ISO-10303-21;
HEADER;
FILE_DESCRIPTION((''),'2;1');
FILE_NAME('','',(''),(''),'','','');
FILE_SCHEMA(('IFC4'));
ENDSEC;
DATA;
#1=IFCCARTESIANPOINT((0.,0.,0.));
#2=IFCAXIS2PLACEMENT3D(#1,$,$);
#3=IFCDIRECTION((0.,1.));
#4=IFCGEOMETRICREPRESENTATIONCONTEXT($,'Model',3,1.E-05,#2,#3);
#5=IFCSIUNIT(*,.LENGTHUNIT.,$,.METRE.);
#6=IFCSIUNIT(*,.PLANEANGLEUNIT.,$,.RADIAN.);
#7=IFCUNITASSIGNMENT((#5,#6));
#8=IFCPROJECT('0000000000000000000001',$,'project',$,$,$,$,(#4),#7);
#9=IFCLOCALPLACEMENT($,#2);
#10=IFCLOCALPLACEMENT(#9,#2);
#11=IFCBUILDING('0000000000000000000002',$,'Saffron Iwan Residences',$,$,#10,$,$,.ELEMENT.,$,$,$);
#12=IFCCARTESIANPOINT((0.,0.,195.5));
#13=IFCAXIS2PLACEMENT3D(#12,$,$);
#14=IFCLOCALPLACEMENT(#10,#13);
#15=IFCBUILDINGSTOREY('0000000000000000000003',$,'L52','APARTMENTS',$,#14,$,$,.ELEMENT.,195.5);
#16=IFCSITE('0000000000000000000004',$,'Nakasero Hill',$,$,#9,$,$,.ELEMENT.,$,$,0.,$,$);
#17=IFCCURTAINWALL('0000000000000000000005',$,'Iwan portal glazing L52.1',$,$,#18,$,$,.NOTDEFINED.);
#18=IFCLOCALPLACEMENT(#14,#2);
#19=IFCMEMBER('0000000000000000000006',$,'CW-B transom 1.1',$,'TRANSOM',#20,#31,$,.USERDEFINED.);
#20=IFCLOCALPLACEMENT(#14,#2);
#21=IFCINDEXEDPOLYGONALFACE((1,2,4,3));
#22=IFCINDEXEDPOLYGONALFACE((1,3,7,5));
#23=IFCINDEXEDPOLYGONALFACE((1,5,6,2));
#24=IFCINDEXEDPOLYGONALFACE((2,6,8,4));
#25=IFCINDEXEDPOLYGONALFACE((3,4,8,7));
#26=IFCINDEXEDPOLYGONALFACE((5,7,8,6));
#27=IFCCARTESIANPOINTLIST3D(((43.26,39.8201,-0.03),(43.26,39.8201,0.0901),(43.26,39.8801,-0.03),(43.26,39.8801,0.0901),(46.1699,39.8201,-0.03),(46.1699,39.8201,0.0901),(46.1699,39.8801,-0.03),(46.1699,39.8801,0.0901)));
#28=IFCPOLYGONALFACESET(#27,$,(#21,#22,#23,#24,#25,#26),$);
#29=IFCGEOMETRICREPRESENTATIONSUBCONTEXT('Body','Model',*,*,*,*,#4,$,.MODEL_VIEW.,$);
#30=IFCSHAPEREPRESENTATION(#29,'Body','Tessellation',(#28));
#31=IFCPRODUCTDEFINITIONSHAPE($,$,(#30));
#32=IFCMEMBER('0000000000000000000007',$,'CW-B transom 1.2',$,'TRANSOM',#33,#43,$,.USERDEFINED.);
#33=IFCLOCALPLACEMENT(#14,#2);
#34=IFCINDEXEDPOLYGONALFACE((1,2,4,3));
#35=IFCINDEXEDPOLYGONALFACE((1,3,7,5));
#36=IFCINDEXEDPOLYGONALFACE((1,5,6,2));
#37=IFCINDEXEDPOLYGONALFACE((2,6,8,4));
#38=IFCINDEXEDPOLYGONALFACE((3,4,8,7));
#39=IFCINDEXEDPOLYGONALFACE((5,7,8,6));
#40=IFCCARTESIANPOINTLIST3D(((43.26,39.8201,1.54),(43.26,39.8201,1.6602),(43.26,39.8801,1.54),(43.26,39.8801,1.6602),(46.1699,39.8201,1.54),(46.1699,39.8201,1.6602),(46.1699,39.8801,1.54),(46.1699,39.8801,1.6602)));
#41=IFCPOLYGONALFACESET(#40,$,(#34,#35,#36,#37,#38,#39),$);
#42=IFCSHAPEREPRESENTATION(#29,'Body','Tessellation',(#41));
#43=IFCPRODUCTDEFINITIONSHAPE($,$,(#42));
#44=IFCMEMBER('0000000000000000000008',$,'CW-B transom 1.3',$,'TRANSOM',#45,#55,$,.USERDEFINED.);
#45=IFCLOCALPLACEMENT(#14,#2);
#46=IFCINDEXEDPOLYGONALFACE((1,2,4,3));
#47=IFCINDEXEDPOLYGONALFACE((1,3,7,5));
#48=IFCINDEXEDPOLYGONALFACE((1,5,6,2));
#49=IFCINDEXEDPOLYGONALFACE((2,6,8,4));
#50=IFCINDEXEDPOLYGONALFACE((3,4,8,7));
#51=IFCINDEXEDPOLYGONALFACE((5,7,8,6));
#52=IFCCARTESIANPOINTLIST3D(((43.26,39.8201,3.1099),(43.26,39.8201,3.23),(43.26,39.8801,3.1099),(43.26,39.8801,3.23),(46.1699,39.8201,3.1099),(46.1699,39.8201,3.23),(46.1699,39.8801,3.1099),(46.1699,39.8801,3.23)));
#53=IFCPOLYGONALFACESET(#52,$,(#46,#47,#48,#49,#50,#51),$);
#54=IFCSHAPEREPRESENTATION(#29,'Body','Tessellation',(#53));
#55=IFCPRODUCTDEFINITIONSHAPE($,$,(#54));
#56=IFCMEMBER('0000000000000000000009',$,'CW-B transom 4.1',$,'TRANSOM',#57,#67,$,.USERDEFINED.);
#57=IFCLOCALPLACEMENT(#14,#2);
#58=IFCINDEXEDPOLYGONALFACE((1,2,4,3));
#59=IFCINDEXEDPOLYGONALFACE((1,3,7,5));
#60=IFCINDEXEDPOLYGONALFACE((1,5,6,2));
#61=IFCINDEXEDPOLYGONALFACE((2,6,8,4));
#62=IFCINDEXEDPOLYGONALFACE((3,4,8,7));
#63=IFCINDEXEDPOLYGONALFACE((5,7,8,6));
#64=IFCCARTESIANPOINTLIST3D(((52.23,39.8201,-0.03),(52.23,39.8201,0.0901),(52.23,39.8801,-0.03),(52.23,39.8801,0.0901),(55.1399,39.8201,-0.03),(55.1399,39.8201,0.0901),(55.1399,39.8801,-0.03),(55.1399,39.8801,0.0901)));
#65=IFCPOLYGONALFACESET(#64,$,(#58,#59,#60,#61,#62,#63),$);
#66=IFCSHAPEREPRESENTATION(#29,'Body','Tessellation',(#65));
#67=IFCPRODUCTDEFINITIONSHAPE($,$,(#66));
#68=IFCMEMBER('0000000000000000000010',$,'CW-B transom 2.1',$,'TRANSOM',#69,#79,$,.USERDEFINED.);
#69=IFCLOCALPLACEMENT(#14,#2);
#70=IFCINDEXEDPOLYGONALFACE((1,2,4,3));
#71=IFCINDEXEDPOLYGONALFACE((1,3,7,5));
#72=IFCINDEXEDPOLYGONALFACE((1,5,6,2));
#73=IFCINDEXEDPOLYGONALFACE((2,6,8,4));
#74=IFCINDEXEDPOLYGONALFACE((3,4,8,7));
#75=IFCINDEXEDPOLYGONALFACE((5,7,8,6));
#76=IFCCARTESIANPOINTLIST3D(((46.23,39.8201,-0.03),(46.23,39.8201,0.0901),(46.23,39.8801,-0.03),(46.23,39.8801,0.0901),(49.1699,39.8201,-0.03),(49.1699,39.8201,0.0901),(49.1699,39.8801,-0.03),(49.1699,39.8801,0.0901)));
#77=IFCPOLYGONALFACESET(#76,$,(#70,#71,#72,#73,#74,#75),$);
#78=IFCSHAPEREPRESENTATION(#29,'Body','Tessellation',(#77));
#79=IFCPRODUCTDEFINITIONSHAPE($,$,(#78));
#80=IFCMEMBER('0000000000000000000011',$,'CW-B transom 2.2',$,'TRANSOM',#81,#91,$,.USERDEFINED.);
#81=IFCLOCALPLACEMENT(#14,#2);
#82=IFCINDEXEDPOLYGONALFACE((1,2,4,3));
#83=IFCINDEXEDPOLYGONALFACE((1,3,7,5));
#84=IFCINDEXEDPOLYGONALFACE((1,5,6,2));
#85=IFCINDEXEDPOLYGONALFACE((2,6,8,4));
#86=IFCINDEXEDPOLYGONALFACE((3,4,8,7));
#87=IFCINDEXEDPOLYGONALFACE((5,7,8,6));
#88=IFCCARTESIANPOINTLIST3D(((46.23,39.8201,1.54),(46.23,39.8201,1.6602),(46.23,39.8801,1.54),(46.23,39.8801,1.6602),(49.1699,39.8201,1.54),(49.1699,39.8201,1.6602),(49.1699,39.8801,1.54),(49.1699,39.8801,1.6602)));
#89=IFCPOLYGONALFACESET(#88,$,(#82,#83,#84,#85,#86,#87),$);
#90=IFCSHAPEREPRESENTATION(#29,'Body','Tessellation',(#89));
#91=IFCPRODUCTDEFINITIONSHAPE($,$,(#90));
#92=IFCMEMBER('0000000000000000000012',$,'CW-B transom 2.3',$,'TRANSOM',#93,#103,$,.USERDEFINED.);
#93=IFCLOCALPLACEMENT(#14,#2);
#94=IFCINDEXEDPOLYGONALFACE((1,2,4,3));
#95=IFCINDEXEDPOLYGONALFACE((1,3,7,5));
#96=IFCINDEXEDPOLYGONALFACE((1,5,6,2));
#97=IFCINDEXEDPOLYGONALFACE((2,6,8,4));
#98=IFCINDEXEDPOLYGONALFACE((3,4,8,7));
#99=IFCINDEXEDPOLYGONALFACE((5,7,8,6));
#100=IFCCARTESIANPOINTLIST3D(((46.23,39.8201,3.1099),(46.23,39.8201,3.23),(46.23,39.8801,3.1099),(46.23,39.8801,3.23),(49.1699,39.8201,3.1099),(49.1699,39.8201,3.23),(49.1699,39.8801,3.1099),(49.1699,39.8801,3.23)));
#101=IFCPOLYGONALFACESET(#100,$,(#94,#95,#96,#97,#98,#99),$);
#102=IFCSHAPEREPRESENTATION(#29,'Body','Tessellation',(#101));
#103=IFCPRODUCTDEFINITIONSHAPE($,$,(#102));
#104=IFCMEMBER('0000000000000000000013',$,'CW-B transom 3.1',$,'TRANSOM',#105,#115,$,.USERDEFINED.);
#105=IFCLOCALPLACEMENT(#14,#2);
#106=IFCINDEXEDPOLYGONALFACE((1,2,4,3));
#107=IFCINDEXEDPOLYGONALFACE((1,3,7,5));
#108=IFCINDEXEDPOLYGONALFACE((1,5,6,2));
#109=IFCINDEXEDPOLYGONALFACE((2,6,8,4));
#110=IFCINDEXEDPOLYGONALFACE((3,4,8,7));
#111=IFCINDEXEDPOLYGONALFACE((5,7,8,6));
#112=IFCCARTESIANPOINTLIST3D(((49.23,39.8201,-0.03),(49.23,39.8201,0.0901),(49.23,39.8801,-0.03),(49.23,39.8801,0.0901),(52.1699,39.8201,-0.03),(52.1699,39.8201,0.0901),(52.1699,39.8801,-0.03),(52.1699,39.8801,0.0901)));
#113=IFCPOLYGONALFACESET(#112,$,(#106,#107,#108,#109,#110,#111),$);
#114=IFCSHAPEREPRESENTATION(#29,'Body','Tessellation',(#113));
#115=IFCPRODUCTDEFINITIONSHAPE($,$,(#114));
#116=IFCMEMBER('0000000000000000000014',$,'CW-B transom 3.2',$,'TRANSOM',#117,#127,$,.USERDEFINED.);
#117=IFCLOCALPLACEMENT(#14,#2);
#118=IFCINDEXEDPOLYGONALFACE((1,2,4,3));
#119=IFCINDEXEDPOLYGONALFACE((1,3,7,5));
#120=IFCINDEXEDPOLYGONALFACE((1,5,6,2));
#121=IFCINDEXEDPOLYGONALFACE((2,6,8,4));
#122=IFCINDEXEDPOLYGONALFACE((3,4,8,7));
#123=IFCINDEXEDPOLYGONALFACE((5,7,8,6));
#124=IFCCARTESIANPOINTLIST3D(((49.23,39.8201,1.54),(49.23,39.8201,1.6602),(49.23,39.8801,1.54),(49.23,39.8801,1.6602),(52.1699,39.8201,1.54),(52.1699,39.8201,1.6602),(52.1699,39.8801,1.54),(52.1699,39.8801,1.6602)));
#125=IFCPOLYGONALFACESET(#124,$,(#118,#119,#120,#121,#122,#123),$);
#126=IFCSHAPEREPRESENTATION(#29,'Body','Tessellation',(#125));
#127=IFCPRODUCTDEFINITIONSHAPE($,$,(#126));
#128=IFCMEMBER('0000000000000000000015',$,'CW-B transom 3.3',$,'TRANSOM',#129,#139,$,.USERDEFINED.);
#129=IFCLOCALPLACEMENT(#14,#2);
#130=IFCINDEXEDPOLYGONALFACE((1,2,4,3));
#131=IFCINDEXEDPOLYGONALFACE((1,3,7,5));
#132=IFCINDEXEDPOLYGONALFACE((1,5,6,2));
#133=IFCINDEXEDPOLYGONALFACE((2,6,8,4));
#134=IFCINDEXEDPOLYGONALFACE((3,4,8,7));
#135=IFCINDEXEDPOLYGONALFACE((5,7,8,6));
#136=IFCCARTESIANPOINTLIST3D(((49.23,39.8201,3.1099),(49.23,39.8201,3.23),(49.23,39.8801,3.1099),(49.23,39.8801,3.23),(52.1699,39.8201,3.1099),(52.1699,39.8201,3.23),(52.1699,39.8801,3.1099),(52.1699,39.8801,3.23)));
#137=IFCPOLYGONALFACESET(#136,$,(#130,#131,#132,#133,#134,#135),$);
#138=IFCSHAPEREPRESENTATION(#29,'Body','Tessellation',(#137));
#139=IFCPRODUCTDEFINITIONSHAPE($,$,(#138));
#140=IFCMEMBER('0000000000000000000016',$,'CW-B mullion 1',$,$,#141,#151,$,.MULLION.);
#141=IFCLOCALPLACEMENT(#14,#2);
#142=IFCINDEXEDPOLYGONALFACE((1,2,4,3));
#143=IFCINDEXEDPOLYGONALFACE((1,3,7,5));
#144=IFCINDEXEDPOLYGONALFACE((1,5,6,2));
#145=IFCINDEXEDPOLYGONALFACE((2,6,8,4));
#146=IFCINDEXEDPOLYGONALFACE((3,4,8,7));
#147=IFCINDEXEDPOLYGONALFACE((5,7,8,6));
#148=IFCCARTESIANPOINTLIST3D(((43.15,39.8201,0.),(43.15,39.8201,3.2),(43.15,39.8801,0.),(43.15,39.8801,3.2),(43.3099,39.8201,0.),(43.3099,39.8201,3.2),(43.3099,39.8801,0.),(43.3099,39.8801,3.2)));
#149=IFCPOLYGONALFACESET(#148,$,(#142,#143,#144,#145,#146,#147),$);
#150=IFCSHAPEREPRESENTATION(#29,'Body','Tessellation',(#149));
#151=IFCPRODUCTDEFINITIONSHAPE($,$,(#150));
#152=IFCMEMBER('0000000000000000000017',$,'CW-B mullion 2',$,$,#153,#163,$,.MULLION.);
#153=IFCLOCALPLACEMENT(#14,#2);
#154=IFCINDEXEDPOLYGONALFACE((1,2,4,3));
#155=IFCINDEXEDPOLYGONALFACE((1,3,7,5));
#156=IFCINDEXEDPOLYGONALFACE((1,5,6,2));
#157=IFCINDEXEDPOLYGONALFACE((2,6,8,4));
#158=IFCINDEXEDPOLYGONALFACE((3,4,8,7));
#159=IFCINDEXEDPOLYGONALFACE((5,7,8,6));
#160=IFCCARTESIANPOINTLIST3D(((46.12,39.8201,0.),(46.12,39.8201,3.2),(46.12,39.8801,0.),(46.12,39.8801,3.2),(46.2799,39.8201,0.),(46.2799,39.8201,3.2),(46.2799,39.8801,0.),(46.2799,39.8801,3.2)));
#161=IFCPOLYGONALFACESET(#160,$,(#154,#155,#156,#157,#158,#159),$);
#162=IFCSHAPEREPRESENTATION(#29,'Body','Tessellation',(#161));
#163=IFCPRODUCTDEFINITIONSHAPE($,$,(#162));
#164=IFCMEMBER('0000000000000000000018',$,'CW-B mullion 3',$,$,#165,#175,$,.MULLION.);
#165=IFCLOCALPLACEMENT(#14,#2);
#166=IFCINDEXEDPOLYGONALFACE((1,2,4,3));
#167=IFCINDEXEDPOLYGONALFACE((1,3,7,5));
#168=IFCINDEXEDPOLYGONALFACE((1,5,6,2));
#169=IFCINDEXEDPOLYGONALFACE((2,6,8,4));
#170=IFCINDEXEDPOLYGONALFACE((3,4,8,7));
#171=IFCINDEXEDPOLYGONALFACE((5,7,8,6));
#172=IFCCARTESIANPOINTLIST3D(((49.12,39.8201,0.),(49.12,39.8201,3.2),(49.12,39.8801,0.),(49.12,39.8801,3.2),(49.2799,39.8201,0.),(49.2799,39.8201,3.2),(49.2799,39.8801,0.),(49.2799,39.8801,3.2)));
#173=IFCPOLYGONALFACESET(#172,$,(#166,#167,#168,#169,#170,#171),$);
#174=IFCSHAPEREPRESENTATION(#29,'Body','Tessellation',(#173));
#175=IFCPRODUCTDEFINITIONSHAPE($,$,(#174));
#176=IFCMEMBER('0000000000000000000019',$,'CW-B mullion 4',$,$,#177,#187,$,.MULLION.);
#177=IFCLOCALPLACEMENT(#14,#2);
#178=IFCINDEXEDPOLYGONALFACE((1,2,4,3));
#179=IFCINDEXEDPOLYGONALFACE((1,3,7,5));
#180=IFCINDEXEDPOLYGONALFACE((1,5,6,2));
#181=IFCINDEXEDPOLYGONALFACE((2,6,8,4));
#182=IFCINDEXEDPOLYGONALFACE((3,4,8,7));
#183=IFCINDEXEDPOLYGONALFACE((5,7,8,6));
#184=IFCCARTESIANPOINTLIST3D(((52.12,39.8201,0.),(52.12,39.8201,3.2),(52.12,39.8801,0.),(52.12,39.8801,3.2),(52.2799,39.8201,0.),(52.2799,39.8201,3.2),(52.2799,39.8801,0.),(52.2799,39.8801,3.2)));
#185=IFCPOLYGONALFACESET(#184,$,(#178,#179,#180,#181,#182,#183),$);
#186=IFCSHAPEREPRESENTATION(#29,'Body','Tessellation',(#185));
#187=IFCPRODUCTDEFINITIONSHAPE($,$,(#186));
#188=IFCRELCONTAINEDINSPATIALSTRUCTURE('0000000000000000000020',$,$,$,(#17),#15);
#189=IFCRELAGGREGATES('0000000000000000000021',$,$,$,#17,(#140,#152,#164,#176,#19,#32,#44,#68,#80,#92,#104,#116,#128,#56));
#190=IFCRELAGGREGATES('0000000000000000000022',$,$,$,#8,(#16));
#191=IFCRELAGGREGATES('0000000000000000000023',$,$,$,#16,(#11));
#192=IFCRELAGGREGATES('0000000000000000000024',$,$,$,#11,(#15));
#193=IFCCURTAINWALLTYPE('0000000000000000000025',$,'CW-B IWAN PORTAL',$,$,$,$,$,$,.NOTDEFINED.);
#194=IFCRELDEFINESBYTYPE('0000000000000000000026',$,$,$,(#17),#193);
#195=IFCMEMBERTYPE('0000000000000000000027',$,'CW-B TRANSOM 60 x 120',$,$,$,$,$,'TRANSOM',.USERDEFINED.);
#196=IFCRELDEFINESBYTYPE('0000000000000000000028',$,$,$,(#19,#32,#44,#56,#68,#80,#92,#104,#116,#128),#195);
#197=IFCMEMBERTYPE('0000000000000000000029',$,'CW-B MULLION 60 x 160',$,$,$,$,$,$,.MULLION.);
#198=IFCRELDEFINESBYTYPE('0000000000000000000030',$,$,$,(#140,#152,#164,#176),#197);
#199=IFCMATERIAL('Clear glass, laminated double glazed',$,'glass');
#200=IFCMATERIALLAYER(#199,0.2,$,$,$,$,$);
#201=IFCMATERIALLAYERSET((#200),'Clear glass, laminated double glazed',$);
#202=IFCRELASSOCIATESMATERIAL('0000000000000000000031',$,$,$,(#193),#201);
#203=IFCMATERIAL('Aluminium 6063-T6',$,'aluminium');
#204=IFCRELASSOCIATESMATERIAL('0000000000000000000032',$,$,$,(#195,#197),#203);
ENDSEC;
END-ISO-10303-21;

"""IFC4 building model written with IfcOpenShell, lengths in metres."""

from ifc_helpers import new_model, si_unit, direction, frame, origin, origin_2d, place, context, subcontext, project, spatial, rectangle, extrude, source, transform, mapped, material, layer, layer_set, material_profile, profile_set, type_object, element, aggregate, save


model = new_model("IFC4")

# Units and contexts
model_context = context("Model", 3, precision=1e-05, world=origin(), true_north=direction((0.0, 1.0)))
body_context = subcontext(model_context, "Body", "Model", "MODEL_VIEW")
ifc_project = project(units=[si_unit("LENGTHUNIT", "METRE"), si_unit("PLANEANGLEUNIT", "RADIAN")], contexts=[model_context])

# Site, building, storey
site_placement = place(None, origin())
site = spatial("IfcSite", under=ifc_project, at=site_placement, Name="Nakasero Hill", CompositionType="ELEMENT", RefElevation=0.0)
building_placement = place(site_placement, origin())
building = spatial("IfcBuilding", under=site, at=building_placement, Name="Saffron Iwan Residences", CompositionType="ELEMENT")
storey_placement = place(building_placement, frame((0.0, 0.0, 195.5)))
storey = spatial("IfcBuildingStorey", under=building, at=storey_placement, Name="L52", Description="APARTMENTS", CompositionType="ELEMENT", Elevation=195.5)

# Curtain wall, members
ifc_material_1 = material(Name="Clear glass, laminated double glazed", Category="glass")
ifc_layer_1 = layer(ifc_material_1, 0.2)
ifc_layer_set_1 = layer_set([ifc_layer_1], Name="Clear glass, laminated double glazed")
curtain_wall_type = type_object("IfcCurtainWallType", Name="CW-B IWAN PORTAL", PredefinedType="NOTDEFINED", material=ifc_layer_set_1)
curtain_wall_placement = place(storey_placement, origin())
curtain_wall = element("IfcCurtainWall", 1, at=curtain_wall_placement, inside=storey, type_object=curtain_wall_type, Name="Iwan portal glazing L52.1", PredefinedType="NOTDEFINED")
ifc_material_2 = material(Name="Aluminium 6063-T6", Category="aluminium")
ifc_material_profile_1 = material_profile(ifc_material_2, rectangle(XDim=0.0601, YDim=0.1201, at=origin_2d()), Name="CW-B TRANSOM 60 x 120")
ifc_profile_set_1 = profile_set([ifc_material_profile_1], Name="Aluminium 6063-T6")
member_type_1 = type_object("IfcMemberType", Name="CW-B TRANSOM 60 x 120", ElementType="TRANSOM", PredefinedType="USERDEFINED", material=ifc_profile_set_1)
shared_shape_1 = source(origin(), body_context, "Body", "SweptSolid", [
    extrude(rectangle(XDim=0.0601, YDim=0.1201, at=origin_2d()), origin(), (0.0, 0.0, 1.0), 2.9099),
])
member_1_placement = place(storey_placement, frame((43.26, 39.8501, 0.03), z_axis=(1.0, 0.0, 0.0), x_axis=(0.0, 1.0, 0.0)))
member_1 = element("IfcMember", 2, at=member_1_placement, type_object=member_type_1, Name="CW-B transom 1.1", ObjectType="TRANSOM", PredefinedType="USERDEFINED", context=body_context, shape_type="MappedRepresentation", body=[
    mapped(shared_shape_1, transform((0.0, 0.0, 0.0))),
])
member_2_placement = place(storey_placement, frame((43.26, 39.8501, 1.6001), z_axis=(1.0, 0.0, 0.0), x_axis=(0.0, 1.0, 0.0)))
member_2 = element("IfcMember", 3, at=member_2_placement, type_object=member_type_1, Name="CW-B transom 1.2", ObjectType="TRANSOM", PredefinedType="USERDEFINED", context=body_context, shape_type="MappedRepresentation", body=[
    mapped(shared_shape_1, transform((0.0, 0.0, 0.0))),
])
member_3_placement = place(storey_placement, frame((43.26, 39.8501, 3.1699), z_axis=(1.0, 0.0, 0.0), x_axis=(0.0, 1.0, 0.0)))
member_3 = element("IfcMember", 4, at=member_3_placement, type_object=member_type_1, Name="CW-B transom 1.3", ObjectType="TRANSOM", PredefinedType="USERDEFINED", context=body_context, shape_type="MappedRepresentation", body=[
    mapped(shared_shape_1, transform((0.0, 0.0, 0.0))),
])
member_4_placement = place(storey_placement, frame((52.23, 39.8501, 0.03), z_axis=(1.0, 0.0, 0.0), x_axis=(0.0, 1.0, 0.0)))
member_4 = element("IfcMember", 5, at=member_4_placement, type_object=member_type_1, Name="CW-B transom 4.1", ObjectType="TRANSOM", PredefinedType="USERDEFINED", context=body_context, shape_type="MappedRepresentation", body=[
    mapped(shared_shape_1, transform((0.0, 0.0, 0.0))),
])
shared_shape_2 = source(origin(), body_context, "Body", "SweptSolid", [
    extrude(rectangle(XDim=0.0601, YDim=0.1201, at=origin_2d()), origin(), (0.0, 0.0, 1.0), 2.9399),
])
member_5_placement = place(storey_placement, frame((46.23, 39.8501, 0.03), z_axis=(1.0, 0.0, 0.0), x_axis=(0.0, 1.0, 0.0)))
member_5 = element("IfcMember", 6, at=member_5_placement, type_object=member_type_1, Name="CW-B transom 2.1", ObjectType="TRANSOM", PredefinedType="USERDEFINED", context=body_context, shape_type="MappedRepresentation", body=[
    mapped(shared_shape_2, transform((0.0, 0.0, 0.0))),
])
member_6_placement = place(storey_placement, frame((46.23, 39.8501, 1.6001), z_axis=(1.0, 0.0, 0.0), x_axis=(0.0, 1.0, 0.0)))
member_6 = element("IfcMember", 7, at=member_6_placement, type_object=member_type_1, Name="CW-B transom 2.2", ObjectType="TRANSOM", PredefinedType="USERDEFINED", context=body_context, shape_type="MappedRepresentation", body=[
    mapped(shared_shape_2, transform((0.0, 0.0, 0.0))),
])
member_7_placement = place(storey_placement, frame((46.23, 39.8501, 3.1699), z_axis=(1.0, 0.0, 0.0), x_axis=(0.0, 1.0, 0.0)))
member_7 = element("IfcMember", 8, at=member_7_placement, type_object=member_type_1, Name="CW-B transom 2.3", ObjectType="TRANSOM", PredefinedType="USERDEFINED", context=body_context, shape_type="MappedRepresentation", body=[
    mapped(shared_shape_2, transform((0.0, 0.0, 0.0))),
])
member_8_placement = place(storey_placement, frame((49.23, 39.8501, 0.03), z_axis=(1.0, 0.0, 0.0), x_axis=(0.0, 1.0, 0.0)))
member_8 = element("IfcMember", 9, at=member_8_placement, type_object=member_type_1, Name="CW-B transom 3.1", ObjectType="TRANSOM", PredefinedType="USERDEFINED", context=body_context, shape_type="MappedRepresentation", body=[
    mapped(shared_shape_2, transform((0.0, 0.0, 0.0))),
])
member_9_placement = place(storey_placement, frame((49.23, 39.8501, 1.6001), z_axis=(1.0, 0.0, 0.0), x_axis=(0.0, 1.0, 0.0)))
member_9 = element("IfcMember", 10, at=member_9_placement, type_object=member_type_1, Name="CW-B transom 3.2", ObjectType="TRANSOM", PredefinedType="USERDEFINED", context=body_context, shape_type="MappedRepresentation", body=[
    mapped(shared_shape_2, transform((0.0, 0.0, 0.0))),
])
member_10_placement = place(storey_placement, frame((49.23, 39.8501, 3.1699), z_axis=(1.0, 0.0, 0.0), x_axis=(0.0, 1.0, 0.0)))
member_10 = element("IfcMember", 11, at=member_10_placement, type_object=member_type_1, Name="CW-B transom 3.3", ObjectType="TRANSOM", PredefinedType="USERDEFINED", context=body_context, shape_type="MappedRepresentation", body=[
    mapped(shared_shape_2, transform((0.0, 0.0, 0.0))),
])
ifc_material_profile_2 = material_profile(ifc_material_2, rectangle(XDim=0.0601, YDim=0.1599, at=origin_2d()), Name="CW-B MULLION 60 x 160")
ifc_profile_set_2 = profile_set([ifc_material_profile_2], Name="Aluminium 6063-T6")
member_type_2 = type_object("IfcMemberType", Name="CW-B MULLION 60 x 160", PredefinedType="MULLION", material=ifc_profile_set_2)
shared_shape_3 = source(origin(), body_context, "Body", "SweptSolid", [
    extrude(rectangle(XDim=0.0601, YDim=0.1599, at=origin_2d()), origin(), (0.0, 0.0, 1.0), 3.2),
])
member_11_placement = place(storey_placement, frame((43.23, 39.8501, 0.0), z_axis=(0.0, 0.0, 1.0), x_axis=(0.0, 1.0, 0.0)))
member_11 = element("IfcMember", 12, at=member_11_placement, type_object=member_type_2, Name="CW-B mullion 1", PredefinedType="MULLION", context=body_context, shape_type="MappedRepresentation", body=[
    mapped(shared_shape_3, transform((0.0, 0.0, 0.0))),
])
member_12_placement = place(storey_placement, frame((46.2, 39.8501, 0.0), z_axis=(0.0, 0.0, 1.0), x_axis=(0.0, 1.0, 0.0)))
member_12 = element("IfcMember", 13, at=member_12_placement, type_object=member_type_2, Name="CW-B mullion 2", PredefinedType="MULLION", context=body_context, shape_type="MappedRepresentation", body=[
    mapped(shared_shape_3, transform((0.0, 0.0, 0.0))),
])
member_13_placement = place(storey_placement, frame((49.2, 39.8501, 0.0), z_axis=(0.0, 0.0, 1.0), x_axis=(0.0, 1.0, 0.0)))
member_13 = element("IfcMember", 14, at=member_13_placement, type_object=member_type_2, Name="CW-B mullion 3", PredefinedType="MULLION", context=body_context, shape_type="MappedRepresentation", body=[
    mapped(shared_shape_3, transform((0.0, 0.0, 0.0))),
])
member_14_placement = place(storey_placement, frame((52.2, 39.8501, 0.0), z_axis=(0.0, 0.0, 1.0), x_axis=(0.0, 1.0, 0.0)))
member_14 = element("IfcMember", 15, at=member_14_placement, type_object=member_type_2, Name="CW-B mullion 4", PredefinedType="MULLION", context=body_context, shape_type="MappedRepresentation", body=[
    mapped(shared_shape_3, transform((0.0, 0.0, 0.0))),
])
aggregate(curtain_wall, [member_11, member_12, member_13, member_14, member_1, member_2, member_3, member_5, member_6, member_7, member_8, member_9, member_10, member_4])

save(model, "model.ifc")
